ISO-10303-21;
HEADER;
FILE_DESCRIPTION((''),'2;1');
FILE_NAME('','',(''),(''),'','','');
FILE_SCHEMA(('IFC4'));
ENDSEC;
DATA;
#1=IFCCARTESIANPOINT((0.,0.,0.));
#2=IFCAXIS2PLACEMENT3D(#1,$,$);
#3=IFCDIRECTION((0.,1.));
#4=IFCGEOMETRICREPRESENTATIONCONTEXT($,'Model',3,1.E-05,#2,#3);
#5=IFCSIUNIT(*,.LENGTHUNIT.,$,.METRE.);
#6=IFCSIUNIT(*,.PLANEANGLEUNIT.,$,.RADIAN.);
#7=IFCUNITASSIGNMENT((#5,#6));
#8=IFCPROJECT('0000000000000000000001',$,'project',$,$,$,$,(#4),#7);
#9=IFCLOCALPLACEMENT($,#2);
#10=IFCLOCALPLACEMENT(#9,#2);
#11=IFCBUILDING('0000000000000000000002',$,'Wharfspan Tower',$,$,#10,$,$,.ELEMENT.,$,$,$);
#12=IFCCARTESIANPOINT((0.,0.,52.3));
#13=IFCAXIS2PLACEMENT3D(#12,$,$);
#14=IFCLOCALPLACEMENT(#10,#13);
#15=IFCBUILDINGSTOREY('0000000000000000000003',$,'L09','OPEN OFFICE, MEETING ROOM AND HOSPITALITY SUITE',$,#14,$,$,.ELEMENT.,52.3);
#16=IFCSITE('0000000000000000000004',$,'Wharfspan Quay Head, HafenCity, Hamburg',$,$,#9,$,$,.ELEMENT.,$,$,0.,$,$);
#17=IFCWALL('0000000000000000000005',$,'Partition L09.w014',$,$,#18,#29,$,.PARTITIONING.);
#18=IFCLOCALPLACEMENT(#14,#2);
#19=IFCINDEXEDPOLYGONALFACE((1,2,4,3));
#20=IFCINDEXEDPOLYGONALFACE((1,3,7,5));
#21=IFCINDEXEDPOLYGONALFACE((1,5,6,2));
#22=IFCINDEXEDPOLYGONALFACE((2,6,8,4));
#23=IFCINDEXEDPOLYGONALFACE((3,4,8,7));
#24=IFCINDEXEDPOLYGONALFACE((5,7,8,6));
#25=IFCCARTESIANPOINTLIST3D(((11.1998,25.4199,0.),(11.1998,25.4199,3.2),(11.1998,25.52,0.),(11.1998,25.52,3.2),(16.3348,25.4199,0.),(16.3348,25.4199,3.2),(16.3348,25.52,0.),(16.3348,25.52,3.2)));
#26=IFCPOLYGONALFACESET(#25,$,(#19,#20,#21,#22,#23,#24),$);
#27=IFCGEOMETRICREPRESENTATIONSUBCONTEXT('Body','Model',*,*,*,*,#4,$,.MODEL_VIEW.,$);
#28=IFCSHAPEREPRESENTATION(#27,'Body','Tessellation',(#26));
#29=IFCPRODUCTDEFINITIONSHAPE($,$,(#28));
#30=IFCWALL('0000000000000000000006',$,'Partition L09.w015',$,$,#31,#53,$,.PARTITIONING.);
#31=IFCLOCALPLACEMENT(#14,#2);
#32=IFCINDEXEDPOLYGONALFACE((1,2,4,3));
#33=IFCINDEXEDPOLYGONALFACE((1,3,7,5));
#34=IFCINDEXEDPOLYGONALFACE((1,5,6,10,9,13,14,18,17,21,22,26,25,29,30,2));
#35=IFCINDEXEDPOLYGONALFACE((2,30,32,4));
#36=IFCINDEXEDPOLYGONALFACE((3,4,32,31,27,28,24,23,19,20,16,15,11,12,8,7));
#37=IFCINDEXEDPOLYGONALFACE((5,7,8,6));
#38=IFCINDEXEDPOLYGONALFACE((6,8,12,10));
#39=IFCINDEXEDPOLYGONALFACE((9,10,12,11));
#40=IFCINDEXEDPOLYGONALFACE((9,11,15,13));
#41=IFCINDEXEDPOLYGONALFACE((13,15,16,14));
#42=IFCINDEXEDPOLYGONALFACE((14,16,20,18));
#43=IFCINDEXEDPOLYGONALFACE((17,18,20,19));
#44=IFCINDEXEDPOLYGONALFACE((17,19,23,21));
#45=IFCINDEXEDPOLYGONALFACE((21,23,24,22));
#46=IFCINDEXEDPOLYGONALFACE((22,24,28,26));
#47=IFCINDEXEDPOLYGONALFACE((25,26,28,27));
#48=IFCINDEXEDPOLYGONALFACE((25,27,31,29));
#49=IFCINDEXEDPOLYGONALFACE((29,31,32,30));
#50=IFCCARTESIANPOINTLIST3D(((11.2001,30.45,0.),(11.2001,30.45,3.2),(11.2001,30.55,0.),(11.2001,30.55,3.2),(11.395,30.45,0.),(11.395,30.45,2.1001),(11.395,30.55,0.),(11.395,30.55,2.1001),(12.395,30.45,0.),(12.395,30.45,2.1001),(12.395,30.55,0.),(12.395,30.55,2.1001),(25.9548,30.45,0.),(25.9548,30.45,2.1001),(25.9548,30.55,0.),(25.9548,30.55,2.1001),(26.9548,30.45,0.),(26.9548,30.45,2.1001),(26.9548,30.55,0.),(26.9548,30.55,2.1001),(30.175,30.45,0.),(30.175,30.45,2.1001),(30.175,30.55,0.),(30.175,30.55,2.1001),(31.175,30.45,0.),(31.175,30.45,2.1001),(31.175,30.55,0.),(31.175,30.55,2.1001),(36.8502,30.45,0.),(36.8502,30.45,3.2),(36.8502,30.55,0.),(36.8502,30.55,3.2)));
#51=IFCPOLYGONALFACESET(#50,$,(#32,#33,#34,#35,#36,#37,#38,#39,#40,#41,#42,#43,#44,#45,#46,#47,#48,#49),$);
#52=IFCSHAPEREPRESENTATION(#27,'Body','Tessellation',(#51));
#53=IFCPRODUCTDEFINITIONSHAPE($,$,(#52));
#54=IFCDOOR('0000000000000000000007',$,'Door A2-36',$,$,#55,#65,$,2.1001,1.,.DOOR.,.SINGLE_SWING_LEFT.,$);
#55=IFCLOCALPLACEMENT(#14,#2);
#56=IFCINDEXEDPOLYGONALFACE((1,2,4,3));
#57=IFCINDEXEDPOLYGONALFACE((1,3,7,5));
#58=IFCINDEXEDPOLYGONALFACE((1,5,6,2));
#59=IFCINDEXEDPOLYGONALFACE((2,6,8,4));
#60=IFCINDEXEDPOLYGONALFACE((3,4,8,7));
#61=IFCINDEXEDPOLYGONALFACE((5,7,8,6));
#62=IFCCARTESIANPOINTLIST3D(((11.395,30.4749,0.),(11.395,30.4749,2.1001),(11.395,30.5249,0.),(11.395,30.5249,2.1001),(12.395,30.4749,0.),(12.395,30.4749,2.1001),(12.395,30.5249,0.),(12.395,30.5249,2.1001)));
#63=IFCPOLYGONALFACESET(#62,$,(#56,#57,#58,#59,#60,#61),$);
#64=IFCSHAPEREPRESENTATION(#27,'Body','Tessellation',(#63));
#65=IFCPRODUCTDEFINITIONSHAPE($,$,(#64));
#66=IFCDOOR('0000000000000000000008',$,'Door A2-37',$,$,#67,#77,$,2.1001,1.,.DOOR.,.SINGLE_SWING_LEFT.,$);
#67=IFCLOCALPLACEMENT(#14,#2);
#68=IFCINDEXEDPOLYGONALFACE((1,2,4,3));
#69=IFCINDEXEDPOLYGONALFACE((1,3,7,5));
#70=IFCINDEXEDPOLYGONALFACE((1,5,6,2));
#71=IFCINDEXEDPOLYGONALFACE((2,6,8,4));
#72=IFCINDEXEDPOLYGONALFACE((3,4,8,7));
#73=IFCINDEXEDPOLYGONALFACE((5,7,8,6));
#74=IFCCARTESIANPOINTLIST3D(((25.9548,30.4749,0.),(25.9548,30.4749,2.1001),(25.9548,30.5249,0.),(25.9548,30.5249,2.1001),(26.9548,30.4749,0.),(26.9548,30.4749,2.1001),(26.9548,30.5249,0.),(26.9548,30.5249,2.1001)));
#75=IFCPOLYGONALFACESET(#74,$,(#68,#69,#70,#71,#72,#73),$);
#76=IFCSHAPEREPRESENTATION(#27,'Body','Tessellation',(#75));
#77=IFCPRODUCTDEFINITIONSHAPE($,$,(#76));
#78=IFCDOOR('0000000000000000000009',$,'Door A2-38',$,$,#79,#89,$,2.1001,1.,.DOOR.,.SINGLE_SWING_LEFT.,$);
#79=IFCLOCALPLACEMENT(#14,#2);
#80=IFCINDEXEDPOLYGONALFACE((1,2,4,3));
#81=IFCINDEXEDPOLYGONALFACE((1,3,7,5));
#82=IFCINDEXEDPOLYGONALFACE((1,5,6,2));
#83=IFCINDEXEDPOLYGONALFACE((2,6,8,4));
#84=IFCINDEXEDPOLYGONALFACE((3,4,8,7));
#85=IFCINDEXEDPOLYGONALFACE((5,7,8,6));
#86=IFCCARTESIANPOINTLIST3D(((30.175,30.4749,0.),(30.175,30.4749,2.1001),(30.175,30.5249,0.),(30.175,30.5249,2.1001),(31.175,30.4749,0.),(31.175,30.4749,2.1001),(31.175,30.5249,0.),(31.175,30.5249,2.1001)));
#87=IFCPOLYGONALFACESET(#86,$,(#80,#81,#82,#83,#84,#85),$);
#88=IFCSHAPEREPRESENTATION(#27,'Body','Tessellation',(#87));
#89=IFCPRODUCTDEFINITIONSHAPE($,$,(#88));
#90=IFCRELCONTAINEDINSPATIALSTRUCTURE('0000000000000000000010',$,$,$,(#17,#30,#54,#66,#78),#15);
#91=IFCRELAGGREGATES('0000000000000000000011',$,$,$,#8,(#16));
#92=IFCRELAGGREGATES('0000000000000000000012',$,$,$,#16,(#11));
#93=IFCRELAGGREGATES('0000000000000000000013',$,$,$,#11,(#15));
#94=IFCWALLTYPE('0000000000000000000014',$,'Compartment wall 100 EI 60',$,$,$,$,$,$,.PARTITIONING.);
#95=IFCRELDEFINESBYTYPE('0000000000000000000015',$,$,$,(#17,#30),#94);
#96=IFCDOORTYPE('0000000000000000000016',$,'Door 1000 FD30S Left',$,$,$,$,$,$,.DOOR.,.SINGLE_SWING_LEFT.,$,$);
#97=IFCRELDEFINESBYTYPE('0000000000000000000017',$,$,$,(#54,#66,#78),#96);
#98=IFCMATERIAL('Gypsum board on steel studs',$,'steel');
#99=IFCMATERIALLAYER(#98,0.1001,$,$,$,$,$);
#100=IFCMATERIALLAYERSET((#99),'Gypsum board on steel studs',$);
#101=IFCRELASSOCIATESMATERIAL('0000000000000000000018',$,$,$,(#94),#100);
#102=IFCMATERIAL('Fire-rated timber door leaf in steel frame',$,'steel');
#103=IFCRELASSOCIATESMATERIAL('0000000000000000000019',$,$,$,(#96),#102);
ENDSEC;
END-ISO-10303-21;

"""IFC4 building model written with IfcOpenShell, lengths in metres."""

from ifc_helpers import new_model, si_unit, direction, frame, frame_2d, origin, place, context, subcontext, project, spatial, rectangle, extrude, material, layer, layer_set, type_object, element, fill, save


model = new_model("IFC4")

# Units and contexts
model_context = context("Model", 3, precision=1e-05, world=origin(), true_north=direction((0.0, 1.0)))
body_context = subcontext(model_context, "Body", "Model", "MODEL_VIEW")
ifc_project = project(units=[si_unit("LENGTHUNIT", "METRE"), si_unit("PLANEANGLEUNIT", "RADIAN")], contexts=[model_context])

# Site, building, storey
site_placement = place(None, origin())
site = spatial("IfcSite", under=ifc_project, at=site_placement, Name="Wharfspan Quay Head, HafenCity, Hamburg", CompositionType="ELEMENT", RefElevation=0.0)
building_placement = place(site_placement, origin())
building = spatial("IfcBuilding", under=site, at=building_placement, Name="Wharfspan Tower", CompositionType="ELEMENT")
storey_placement = place(building_placement, frame((0.0, 0.0, 52.3)))
storey = spatial("IfcBuildingStorey", under=building, at=storey_placement, Name="L09", Description="OPEN OFFICE, MEETING ROOM AND HOSPITALITY SUITE", CompositionType="ELEMENT", Elevation=52.3)

# Wall
ifc_material_1 = material(Name="Gypsum board on steel studs", Category="steel")
ifc_layer = layer(ifc_material_1, 0.1001)
ifc_layer_set = layer_set([ifc_layer], Name="Gypsum board on steel studs")
wall_type = type_object("IfcWallType", Name="Compartment wall 100 EI 60", PredefinedType="PARTITIONING", material=ifc_layer_set)
wall_1_placement = place(storey_placement, frame((11.2, 25.47, 0.0), z_axis=(0.0, 0.0, 1.0), x_axis=(1.0, 0.0, 0.0)))
element("IfcWall", 1, at=wall_1_placement, inside=storey, type_object=wall_type, Name="Partition L09.w014", PredefinedType="PARTITIONING", context=body_context, shape_type="SweptSolid", body=[
    extrude(rectangle(XDim=5.135, YDim=0.1001, at=frame_2d((2.5674, 0.0))), origin(), (0.0, 0.0, 1.0), 3.2),
])

# Wall, openings, doors
wall_2_placement = place(storey_placement, frame((11.2, 30.5, 0.0), z_axis=(0.0, 0.0, 1.0), x_axis=(1.0, 0.0, 0.0)))
wall_2 = element("IfcWall", 2, at=wall_2_placement, inside=storey, type_object=wall_type, Name="Partition L09.w015", PredefinedType="PARTITIONING", context=body_context, shape_type="SweptSolid", body=[
    extrude(rectangle(XDim=25.6501, YDim=0.1001, at=frame_2d((12.8252, 0.0))), origin(), (0.0, 0.0, 1.0), 3.2),
])
opening_1_placement = place(wall_2_placement, frame((0.1951, 0.0, 0.0)))
opening_1 = element("IfcOpeningElement", 3, at=opening_1_placement, cuts=wall_2, PredefinedType="OPENING", context=body_context, shape_type="SweptSolid", body=[
    extrude(rectangle(XDim=1.0, YDim=2.1001, at=frame_2d((0.5, 1.05))), frame((0.0, 0.0601, 0.0), z_axis=(0.0, -1.0, 0.0), x_axis=(1.0, 0.0, 0.0)), (0.0, 0.0, 1.0), 0.1201),
])
opening_2_placement = place(wall_2_placement, frame((14.7549, 0.0, 0.0)))
opening_2 = element("IfcOpeningElement", 4, at=opening_2_placement, cuts=wall_2, PredefinedType="OPENING", context=body_context, shape_type="SweptSolid", body=[
    extrude(rectangle(XDim=1.0, YDim=2.1001, at=frame_2d((0.5, 1.05))), frame((0.0, 0.0601, 0.0), z_axis=(0.0, -1.0, 0.0), x_axis=(1.0, 0.0, 0.0)), (0.0, 0.0, 1.0), 0.1201),
])
opening_3_placement = place(wall_2_placement, frame((18.9751, 0.0, 0.0)))
opening_3 = element("IfcOpeningElement", 5, at=opening_3_placement, cuts=wall_2, PredefinedType="OPENING", context=body_context, shape_type="SweptSolid", body=[
    extrude(rectangle(XDim=1.0, YDim=2.1001, at=frame_2d((0.5, 1.05))), frame((0.0, 0.0601, 0.0), z_axis=(0.0, -1.0, 0.0), x_axis=(1.0, 0.0, 0.0)), (0.0, 0.0, 1.0), 0.1201),
])
ifc_material_2 = material(Name="Fire-rated timber door leaf in steel frame", Category="steel")
door_type = type_object("IfcDoorType", Name="Door 1000 FD30S Left", OperationType="SINGLE_SWING_LEFT", PredefinedType="DOOR", material=ifc_material_2)
door_1_placement = place(opening_1_placement, origin())
door_1 = element("IfcDoor", 6, at=door_1_placement, inside=storey, type_object=door_type, Name="Door A2-36", OperationType="SINGLE_SWING_LEFT", OverallHeight=2.1001, OverallWidth=1.0, PredefinedType="DOOR", context=body_context, shape_type="SweptSolid", body=[
    extrude(rectangle(XDim=1.0, YDim=2.1001, at=frame_2d((0.5, 1.05))), frame((0.0, 0.0249, 0.0), z_axis=(0.0, -1.0, 0.0), x_axis=(1.0, 0.0, 0.0)), (0.0, 0.0, 1.0), 0.05),
])
fill(opening_1, door_1)
door_2_placement = place(opening_2_placement, origin())
door_2 = element("IfcDoor", 7, at=door_2_placement, inside=storey, type_object=door_type, Name="Door A2-37", OperationType="SINGLE_SWING_LEFT", OverallHeight=2.1001, OverallWidth=1.0, PredefinedType="DOOR", context=body_context, shape_type="SweptSolid", body=[
    extrude(rectangle(XDim=1.0, YDim=2.1001, at=frame_2d((0.5, 1.05))), frame((0.0, 0.0249, 0.0), z_axis=(0.0, -1.0, 0.0), x_axis=(1.0, 0.0, 0.0)), (0.0, 0.0, 1.0), 0.05),
])
fill(opening_2, door_2)
door_3_placement = place(opening_3_placement, origin())
door_3 = element("IfcDoor", 8, at=door_3_placement, inside=storey, type_object=door_type, Name="Door A2-38", OperationType="SINGLE_SWING_LEFT", OverallHeight=2.1001, OverallWidth=1.0, PredefinedType="DOOR", context=body_context, shape_type="SweptSolid", body=[
    extrude(rectangle(XDim=1.0, YDim=2.1001, at=frame_2d((0.5, 1.05))), frame((0.0, 0.0249, 0.0), z_axis=(0.0, -1.0, 0.0), x_axis=(1.0, 0.0, 0.0)), (0.0, 0.0, 1.0), 0.05),
])
fill(opening_3, door_3)

save(model, "model.ifc")
